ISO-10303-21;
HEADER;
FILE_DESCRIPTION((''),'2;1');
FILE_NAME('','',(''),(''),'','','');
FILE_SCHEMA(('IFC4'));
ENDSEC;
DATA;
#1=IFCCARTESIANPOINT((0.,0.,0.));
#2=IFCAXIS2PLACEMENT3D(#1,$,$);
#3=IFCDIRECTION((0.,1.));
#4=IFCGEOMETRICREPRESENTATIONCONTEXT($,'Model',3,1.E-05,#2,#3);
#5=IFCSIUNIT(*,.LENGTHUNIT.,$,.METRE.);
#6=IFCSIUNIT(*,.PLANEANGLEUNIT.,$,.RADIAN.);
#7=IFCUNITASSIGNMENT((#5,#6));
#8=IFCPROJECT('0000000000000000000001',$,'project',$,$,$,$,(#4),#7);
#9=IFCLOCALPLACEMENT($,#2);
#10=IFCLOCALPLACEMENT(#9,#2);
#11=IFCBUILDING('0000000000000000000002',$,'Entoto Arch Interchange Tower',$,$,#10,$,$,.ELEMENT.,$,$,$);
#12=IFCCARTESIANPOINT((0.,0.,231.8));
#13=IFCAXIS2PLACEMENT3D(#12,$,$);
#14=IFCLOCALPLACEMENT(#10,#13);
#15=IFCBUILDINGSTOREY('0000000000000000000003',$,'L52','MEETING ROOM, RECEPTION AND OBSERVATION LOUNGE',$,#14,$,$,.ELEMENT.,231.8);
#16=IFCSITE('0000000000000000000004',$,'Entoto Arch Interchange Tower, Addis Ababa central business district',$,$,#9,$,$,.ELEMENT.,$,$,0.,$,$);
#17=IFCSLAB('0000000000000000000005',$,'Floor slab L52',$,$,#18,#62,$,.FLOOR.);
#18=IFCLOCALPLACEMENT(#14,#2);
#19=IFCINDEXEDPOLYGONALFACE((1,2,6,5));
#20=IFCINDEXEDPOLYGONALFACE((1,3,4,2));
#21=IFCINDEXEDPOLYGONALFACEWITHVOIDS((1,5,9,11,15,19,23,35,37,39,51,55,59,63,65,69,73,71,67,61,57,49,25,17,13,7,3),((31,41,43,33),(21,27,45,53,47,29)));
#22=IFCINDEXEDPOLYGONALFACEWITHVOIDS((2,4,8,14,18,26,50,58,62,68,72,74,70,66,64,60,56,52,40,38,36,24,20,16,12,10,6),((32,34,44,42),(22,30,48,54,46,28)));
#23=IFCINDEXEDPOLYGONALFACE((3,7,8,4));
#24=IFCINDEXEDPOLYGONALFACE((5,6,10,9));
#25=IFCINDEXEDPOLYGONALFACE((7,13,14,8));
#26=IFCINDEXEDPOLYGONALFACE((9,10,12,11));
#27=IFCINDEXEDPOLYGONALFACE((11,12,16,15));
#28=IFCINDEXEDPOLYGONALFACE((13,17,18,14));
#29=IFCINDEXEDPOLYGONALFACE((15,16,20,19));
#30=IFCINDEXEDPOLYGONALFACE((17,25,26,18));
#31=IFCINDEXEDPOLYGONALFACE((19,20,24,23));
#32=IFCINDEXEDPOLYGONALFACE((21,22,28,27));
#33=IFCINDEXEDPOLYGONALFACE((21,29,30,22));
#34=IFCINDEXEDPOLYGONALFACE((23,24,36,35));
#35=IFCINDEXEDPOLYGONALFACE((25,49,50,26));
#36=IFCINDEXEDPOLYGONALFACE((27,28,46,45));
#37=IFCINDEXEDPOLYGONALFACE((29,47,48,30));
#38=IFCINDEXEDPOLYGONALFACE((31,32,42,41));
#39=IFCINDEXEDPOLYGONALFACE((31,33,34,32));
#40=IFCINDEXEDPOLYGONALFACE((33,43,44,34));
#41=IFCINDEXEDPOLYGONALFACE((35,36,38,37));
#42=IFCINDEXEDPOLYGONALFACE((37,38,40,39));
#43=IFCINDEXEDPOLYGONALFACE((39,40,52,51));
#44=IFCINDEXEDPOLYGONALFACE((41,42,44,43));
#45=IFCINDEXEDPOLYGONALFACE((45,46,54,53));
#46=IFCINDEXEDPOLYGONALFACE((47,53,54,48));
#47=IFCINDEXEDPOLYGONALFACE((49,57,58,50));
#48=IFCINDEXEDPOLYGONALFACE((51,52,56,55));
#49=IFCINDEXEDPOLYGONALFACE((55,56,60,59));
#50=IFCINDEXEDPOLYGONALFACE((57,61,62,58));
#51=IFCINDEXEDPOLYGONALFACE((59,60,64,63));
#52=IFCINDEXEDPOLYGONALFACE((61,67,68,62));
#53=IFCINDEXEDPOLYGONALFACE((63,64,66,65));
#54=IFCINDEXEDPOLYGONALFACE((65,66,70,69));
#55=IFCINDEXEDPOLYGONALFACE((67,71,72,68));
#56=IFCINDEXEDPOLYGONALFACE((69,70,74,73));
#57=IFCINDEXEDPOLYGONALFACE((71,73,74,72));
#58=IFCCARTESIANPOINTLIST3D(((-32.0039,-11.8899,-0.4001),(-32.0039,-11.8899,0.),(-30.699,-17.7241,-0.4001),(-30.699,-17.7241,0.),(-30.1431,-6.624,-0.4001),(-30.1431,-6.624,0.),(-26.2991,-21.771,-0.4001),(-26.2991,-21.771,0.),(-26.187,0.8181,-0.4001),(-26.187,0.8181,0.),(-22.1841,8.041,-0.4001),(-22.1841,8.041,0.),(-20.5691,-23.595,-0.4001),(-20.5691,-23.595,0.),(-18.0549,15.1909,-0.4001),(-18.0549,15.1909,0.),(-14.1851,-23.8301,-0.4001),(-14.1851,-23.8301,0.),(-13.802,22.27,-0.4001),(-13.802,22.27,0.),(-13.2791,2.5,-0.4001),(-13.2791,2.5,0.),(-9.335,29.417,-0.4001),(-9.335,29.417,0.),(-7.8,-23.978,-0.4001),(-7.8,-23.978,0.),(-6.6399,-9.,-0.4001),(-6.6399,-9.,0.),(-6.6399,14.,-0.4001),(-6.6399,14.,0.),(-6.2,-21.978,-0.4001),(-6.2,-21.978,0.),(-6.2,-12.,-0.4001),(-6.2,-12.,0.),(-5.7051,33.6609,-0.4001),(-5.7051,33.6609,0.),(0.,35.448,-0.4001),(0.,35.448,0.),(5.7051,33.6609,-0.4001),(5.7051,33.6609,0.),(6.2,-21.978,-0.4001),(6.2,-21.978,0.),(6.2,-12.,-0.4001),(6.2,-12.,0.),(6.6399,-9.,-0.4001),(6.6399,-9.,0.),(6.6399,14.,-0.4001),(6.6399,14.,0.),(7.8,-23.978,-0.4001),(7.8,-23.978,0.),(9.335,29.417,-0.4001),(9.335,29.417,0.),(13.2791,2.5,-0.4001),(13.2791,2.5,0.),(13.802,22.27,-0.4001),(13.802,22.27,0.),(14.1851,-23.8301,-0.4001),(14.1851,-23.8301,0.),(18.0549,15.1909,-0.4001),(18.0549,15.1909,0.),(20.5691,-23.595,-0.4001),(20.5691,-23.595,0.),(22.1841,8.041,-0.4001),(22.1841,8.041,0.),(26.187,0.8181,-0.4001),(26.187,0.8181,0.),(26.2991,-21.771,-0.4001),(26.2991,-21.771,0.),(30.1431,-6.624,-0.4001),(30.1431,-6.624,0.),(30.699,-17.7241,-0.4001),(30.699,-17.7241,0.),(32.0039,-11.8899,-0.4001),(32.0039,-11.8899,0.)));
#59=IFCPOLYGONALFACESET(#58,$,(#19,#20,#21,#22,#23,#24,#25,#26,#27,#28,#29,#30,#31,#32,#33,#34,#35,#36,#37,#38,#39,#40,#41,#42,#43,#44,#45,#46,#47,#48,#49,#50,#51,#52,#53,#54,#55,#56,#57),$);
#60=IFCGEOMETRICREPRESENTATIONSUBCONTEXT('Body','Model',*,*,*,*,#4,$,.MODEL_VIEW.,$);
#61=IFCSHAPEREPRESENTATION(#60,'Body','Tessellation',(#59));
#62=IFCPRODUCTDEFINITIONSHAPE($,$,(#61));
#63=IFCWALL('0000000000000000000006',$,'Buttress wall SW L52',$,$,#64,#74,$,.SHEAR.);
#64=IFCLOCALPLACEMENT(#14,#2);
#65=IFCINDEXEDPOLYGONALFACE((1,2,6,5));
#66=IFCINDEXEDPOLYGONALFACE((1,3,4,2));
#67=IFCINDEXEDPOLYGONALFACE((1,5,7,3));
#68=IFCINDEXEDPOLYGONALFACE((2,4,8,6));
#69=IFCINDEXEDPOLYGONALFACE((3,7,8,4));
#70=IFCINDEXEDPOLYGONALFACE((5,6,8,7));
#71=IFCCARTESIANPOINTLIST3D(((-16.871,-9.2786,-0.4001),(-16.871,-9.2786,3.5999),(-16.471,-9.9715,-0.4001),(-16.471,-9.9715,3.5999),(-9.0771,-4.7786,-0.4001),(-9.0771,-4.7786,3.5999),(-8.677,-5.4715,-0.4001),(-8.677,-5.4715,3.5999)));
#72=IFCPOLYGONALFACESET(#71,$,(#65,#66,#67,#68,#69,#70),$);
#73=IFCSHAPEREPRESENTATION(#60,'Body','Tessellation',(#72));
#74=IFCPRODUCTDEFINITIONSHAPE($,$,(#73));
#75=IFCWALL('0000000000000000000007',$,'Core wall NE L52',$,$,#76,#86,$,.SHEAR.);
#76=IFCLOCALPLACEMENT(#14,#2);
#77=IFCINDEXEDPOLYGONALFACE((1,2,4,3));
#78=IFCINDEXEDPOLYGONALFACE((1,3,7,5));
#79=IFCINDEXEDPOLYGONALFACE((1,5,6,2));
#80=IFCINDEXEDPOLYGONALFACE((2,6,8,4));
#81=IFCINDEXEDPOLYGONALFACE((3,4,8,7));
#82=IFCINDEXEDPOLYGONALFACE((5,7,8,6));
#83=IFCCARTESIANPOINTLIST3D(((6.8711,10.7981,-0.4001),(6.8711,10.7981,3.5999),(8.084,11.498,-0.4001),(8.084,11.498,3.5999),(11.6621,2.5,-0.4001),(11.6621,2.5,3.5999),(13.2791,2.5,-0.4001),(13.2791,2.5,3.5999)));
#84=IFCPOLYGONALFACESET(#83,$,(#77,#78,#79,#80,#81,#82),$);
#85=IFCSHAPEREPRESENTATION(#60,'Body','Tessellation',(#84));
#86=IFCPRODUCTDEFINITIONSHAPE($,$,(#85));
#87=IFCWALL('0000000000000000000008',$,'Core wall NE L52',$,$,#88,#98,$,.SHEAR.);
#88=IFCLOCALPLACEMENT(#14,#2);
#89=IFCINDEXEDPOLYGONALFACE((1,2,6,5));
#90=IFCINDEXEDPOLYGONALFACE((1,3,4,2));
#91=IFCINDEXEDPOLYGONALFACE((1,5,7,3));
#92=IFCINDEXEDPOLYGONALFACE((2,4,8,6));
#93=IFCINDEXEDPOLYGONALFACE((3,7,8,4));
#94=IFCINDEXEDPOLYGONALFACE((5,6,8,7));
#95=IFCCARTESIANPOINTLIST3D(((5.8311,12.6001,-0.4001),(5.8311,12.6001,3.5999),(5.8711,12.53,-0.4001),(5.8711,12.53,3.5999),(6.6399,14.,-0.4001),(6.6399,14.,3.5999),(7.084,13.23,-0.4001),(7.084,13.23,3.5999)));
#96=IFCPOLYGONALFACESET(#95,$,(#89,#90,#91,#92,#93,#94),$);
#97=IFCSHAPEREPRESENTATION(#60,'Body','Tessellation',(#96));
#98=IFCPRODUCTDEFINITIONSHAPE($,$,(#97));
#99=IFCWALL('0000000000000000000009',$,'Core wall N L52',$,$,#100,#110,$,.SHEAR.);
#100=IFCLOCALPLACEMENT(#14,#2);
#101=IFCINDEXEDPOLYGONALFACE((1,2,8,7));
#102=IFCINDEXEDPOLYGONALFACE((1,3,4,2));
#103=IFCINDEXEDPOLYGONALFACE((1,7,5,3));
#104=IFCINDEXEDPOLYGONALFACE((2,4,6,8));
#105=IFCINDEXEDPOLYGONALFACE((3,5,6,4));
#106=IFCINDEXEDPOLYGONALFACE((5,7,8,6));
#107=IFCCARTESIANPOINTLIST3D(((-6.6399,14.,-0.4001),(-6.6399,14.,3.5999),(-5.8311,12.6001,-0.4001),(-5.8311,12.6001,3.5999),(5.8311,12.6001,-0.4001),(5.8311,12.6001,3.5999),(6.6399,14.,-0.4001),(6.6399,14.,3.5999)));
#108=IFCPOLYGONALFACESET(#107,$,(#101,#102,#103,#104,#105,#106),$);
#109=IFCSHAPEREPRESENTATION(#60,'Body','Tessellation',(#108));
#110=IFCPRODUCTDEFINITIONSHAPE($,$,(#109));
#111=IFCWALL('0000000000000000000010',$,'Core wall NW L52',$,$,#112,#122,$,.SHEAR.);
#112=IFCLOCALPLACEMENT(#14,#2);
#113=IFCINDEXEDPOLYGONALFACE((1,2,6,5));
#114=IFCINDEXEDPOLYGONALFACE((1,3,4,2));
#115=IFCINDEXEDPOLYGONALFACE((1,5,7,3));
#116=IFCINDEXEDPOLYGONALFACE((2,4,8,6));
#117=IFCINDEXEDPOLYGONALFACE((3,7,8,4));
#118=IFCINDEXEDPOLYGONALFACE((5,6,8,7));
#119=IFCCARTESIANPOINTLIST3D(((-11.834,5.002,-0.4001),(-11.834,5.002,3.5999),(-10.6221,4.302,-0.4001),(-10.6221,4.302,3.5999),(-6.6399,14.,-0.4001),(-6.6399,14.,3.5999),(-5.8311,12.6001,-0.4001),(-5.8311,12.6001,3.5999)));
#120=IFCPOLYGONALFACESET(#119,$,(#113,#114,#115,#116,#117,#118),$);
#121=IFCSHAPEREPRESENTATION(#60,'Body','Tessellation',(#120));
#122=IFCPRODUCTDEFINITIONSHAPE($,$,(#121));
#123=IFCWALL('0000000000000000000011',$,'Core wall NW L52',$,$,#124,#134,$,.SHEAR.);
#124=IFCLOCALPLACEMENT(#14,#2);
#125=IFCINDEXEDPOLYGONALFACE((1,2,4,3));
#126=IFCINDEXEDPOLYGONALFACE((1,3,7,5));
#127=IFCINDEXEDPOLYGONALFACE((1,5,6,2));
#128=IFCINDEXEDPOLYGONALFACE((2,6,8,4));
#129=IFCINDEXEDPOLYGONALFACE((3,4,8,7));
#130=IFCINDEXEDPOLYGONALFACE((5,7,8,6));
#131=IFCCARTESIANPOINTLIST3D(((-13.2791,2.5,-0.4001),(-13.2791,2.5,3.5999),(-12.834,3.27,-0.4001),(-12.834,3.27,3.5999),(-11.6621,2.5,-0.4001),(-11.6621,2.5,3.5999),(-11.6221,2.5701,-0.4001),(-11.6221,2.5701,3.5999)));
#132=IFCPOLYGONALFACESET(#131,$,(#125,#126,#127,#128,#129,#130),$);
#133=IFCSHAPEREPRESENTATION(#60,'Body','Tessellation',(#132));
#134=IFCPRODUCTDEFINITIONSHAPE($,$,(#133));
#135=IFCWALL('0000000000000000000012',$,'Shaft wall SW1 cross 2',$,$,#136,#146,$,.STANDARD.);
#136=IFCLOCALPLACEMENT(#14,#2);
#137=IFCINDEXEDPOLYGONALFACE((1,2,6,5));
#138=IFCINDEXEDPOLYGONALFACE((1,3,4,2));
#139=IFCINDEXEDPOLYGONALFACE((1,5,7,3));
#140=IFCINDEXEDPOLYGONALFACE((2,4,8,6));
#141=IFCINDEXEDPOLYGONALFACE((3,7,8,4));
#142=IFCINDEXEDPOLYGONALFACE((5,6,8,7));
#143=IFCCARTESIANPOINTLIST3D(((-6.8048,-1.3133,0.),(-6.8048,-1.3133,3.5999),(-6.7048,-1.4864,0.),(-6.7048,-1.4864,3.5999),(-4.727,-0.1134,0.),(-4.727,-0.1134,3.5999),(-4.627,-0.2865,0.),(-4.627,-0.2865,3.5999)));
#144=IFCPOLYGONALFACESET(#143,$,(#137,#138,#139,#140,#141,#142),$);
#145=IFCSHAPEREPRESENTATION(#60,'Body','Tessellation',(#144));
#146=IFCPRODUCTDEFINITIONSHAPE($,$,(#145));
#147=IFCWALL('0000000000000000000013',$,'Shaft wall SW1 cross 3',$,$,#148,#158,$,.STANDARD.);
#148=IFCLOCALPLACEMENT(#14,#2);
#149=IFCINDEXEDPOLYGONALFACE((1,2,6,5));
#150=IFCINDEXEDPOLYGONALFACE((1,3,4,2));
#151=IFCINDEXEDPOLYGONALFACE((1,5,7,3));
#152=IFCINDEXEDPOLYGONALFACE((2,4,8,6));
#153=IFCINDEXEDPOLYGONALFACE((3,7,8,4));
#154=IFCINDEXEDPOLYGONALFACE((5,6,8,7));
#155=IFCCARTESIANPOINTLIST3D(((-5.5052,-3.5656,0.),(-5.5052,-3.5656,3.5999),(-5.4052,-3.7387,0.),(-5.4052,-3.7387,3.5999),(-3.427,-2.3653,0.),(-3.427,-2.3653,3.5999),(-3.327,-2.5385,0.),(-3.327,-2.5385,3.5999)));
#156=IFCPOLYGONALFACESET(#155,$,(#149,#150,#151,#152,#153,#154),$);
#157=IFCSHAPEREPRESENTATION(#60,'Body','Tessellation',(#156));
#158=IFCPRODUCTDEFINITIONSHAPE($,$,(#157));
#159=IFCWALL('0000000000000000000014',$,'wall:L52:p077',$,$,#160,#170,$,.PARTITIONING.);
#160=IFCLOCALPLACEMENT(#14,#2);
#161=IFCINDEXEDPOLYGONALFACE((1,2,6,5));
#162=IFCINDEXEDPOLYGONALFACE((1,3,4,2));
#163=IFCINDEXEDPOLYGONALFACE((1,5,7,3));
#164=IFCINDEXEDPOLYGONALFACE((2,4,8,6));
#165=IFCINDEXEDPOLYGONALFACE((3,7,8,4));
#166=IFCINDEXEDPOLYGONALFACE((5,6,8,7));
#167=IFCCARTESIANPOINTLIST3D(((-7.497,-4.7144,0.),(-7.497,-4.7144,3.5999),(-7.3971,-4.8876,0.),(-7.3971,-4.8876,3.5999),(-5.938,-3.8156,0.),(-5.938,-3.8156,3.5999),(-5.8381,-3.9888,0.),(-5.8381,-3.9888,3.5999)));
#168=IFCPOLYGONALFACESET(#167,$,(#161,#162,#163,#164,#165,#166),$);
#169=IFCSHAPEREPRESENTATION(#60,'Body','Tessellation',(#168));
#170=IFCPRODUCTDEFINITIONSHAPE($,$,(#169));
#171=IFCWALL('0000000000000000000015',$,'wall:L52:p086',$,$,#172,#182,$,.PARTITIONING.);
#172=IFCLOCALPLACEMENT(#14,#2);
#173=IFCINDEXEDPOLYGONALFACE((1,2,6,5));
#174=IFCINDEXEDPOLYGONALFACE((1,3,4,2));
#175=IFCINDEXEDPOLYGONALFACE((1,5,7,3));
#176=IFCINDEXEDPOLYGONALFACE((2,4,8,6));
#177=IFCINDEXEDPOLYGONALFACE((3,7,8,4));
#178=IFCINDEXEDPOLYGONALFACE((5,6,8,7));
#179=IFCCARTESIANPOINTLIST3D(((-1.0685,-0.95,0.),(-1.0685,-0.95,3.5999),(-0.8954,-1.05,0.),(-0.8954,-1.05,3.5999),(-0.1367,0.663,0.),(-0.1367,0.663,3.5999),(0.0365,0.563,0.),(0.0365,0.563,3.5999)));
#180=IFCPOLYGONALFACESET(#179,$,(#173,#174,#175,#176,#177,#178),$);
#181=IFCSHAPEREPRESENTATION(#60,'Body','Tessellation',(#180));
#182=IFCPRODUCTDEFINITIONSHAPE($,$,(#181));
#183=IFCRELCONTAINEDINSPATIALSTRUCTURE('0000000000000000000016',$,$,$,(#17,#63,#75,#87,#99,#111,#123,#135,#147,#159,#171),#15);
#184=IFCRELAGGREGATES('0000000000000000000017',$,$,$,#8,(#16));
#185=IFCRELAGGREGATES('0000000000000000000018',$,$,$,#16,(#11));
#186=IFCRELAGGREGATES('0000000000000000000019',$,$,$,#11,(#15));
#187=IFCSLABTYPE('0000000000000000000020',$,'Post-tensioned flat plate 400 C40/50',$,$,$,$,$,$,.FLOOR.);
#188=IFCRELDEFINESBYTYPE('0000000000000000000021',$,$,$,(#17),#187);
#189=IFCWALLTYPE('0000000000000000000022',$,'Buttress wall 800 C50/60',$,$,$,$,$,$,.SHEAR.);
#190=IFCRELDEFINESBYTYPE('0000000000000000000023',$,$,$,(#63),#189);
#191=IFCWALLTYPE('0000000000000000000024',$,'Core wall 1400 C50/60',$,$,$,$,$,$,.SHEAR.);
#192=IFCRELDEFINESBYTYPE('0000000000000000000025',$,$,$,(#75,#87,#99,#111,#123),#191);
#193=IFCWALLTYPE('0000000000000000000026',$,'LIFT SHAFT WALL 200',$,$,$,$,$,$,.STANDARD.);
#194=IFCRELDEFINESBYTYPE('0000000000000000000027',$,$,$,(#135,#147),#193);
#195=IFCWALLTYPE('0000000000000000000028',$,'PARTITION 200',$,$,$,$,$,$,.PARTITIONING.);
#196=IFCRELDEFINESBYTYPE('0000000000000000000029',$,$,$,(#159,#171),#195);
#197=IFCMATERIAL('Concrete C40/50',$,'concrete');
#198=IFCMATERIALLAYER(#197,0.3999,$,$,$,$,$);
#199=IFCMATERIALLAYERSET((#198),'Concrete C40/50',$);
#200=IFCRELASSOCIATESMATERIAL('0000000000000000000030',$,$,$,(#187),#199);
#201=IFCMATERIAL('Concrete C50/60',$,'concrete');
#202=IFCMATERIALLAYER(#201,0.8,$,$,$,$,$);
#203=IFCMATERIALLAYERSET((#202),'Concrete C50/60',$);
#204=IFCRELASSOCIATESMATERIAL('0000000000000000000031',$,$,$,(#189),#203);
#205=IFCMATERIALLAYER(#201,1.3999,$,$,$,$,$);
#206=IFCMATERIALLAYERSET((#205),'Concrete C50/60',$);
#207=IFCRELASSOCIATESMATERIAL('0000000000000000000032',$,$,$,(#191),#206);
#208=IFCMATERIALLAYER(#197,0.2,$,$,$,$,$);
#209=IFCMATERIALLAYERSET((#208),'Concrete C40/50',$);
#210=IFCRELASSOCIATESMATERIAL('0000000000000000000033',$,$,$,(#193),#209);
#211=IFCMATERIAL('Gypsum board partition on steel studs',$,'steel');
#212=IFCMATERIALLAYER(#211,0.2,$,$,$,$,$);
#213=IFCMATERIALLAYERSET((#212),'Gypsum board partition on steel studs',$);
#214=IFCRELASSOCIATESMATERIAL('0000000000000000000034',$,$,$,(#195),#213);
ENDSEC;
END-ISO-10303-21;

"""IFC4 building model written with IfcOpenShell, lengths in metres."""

from ifc_helpers import new_model, si_unit, direction, frame, frame_2d, origin, place, context, subcontext, project, spatial, polyline, rectangle, outline, extrude, material, layer, layer_set, type_object, element, save


model = new_model("IFC4")

# Units and contexts
model_context = context("Model", 3, precision=1e-05, world=origin(), true_north=direction((0.0, 1.0)))
body_context = subcontext(model_context, "Body", "Model", "MODEL_VIEW")
ifc_project = project(units=[si_unit("LENGTHUNIT", "METRE"), si_unit("PLANEANGLEUNIT", "RADIAN")], contexts=[model_context])

# Site, building, storey
site_placement = place(None, origin())
site = spatial("IfcSite", under=ifc_project, at=site_placement, Name="Entoto Arch Interchange Tower, Addis Ababa central business district", CompositionType="ELEMENT", RefElevation=0.0)
building_placement = place(site_placement, origin())
building = spatial("IfcBuilding", under=site, at=building_placement, Name="Entoto Arch Interchange Tower", CompositionType="ELEMENT")
storey_placement = place(building_placement, frame((0.0, 0.0, 231.8)))
storey = spatial("IfcBuildingStorey", under=building, at=storey_placement, Name="L52", Description="MEETING ROOM, RECEPTION AND OBSERVATION LOUNGE", CompositionType="ELEMENT", Elevation=231.8)

# Slab
ifc_material_1 = material(Name="Concrete C40/50", Category="concrete")
ifc_layer_1 = layer(ifc_material_1, 0.3999)
ifc_layer_set_1 = layer_set([ifc_layer_1], Name="Concrete C40/50")
slab_type = type_object("IfcSlabType", Name="Post-tensioned flat plate 400 C40/50", PredefinedType="FLOOR", material=ifc_layer_set_1)
slab_placement = place(storey_placement, frame((0.0, 0.0, -0.4001)))
element("IfcSlab", 1, at=slab_placement, inside=storey, type_object=slab_type, Name="Floor slab L52", PredefinedType="FLOOR", context=body_context, shape_type="SweptSolid", body=[
    extrude(outline(polyline([(-20.5691, -23.595), (-14.1851, -23.8301), (-7.8, -23.978), (7.8, -23.978), (14.1851, -23.8301), (20.5691, -23.595), (26.2991, -21.771), (30.699, -17.7241), (32.0039, -11.8899), (30.1431, -6.624), (26.187, 0.8181), (22.1841, 8.041), (18.0549, 15.1909), (13.802, 22.27), (9.335, 29.417), (5.7051, 33.6609), (0.0, 35.448), (-5.7051, 33.6609), (-9.335, 29.417), (-13.802, 22.27), (-18.0549, 15.1909), (-22.1841, 8.041), (-26.187, 0.8181), (-30.1431, -6.624), (-32.0039, -11.8899), (-30.699, -17.7241), (-26.2991, -21.771), (-20.5691, -23.595)]), holes=[polyline([(6.2, -21.978), (6.2, -12.0), (-6.2, -12.0), (-6.2, -21.978), (6.2, -21.978)]), polyline([(13.2791, 2.5), (6.6399, 14.0), (-6.6399, 14.0), (-13.2791, 2.5), (-6.6399, -9.0), (6.6399, -9.0), (13.2791, 2.5)])]), origin(), (0.0, 0.0, 1.0), 0.4001),
])

# Walls
ifc_material_2 = material(Name="Concrete C50/60", Category="concrete")
ifc_layer_2 = layer(ifc_material_2, 0.8)
ifc_layer_set_2 = layer_set([ifc_layer_2], Name="Concrete C50/60")
wall_type_1 = type_object("IfcWallType", Name="Buttress wall 800 C50/60", PredefinedType="SHEAR", material=ifc_layer_set_2)
wall_1_placement = place(storey_placement, frame((-8.877, -5.125, -0.4001), z_axis=(0.0, 0.0, 1.0), x_axis=(-0.866018, -0.500014, 0.0)))
element("IfcWall", 2, at=wall_1_placement, inside=storey, type_object=wall_type_1, Name="Buttress wall SW L52", PredefinedType="SHEAR", context=body_context, shape_type="SweptSolid", body=[
    extrude(rectangle(XDim=8.9998, YDim=0.8, at=frame_2d((4.5, 0.0))), origin(), (0.0, 0.0, 1.0), 4.0),
])
ifc_layer_3 = layer(ifc_material_2, 1.3999)
ifc_layer_set_3 = layer_set([ifc_layer_3], Name="Concrete C50/60")
wall_type_2 = type_object("IfcWallType", Name="Core wall 1400 C50/60", PredefinedType="SHEAR", material=ifc_layer_set_3)
wall_2_placement = place(storey_placement, frame((0.0, 0.0, -0.4001)))
element("IfcWall", 3, at=wall_2_placement, inside=storey, type_object=wall_type_2, Name="Core wall NE L52", PredefinedType="SHEAR", context=body_context, shape_type="SweptSolid", body=[
    extrude(outline(polyline([(8.084, 11.498), (6.8711, 10.7981), (11.6621, 2.5), (13.2791, 2.5), (8.084, 11.498)])), origin(), (0.0, 0.0, 1.0), 4.0),
])
wall_3_placement = place(storey_placement, frame((0.0, 0.0, -0.4001)))
element("IfcWall", 4, at=wall_3_placement, inside=storey, type_object=wall_type_2, Name="Core wall NE L52", PredefinedType="SHEAR", context=body_context, shape_type="SweptSolid", body=[
    extrude(outline(polyline([(5.8711, 12.53), (7.084, 13.23), (6.6399, 14.0), (5.8311, 12.6001), (5.8711, 12.53)])), origin(), (0.0, 0.0, 1.0), 4.0),
])
wall_4_placement = place(storey_placement, frame((0.0, 0.0, -0.4001)))
element("IfcWall", 5, at=wall_4_placement, inside=storey, type_object=wall_type_2, Name="Core wall N L52", PredefinedType="SHEAR", context=body_context, shape_type="SweptSolid", body=[
    extrude(outline(polyline([(6.6399, 14.0), (-6.6399, 14.0), (-5.8311, 12.6001), (5.8311, 12.6001), (6.6399, 14.0)])), origin(), (0.0, 0.0, 1.0), 4.0),
])
wall_5_placement = place(storey_placement, frame((0.0, 0.0, -0.4001)))
element("IfcWall", 6, at=wall_5_placement, inside=storey, type_object=wall_type_2, Name="Core wall NW L52", PredefinedType="SHEAR", context=body_context, shape_type="SweptSolid", body=[
    extrude(outline(polyline([(-11.834, 5.002), (-10.6221, 4.302), (-5.8311, 12.6001), (-6.6399, 14.0), (-11.834, 5.002)])), origin(), (0.0, 0.0, 1.0), 4.0),
])
wall_6_placement = place(storey_placement, frame((0.0, 0.0, -0.4001)))
element("IfcWall", 7, at=wall_6_placement, inside=storey, type_object=wall_type_2, Name="Core wall NW L52", PredefinedType="SHEAR", context=body_context, shape_type="SweptSolid", body=[
    extrude(outline(polyline([(-11.6221, 2.5701), (-12.834, 3.27), (-13.2791, 2.5), (-11.6621, 2.5), (-11.6221, 2.5701)])), origin(), (0.0, 0.0, 1.0), 4.0),
])
ifc_layer_4 = layer(ifc_material_1, 0.2)
ifc_layer_set_4 = layer_set([ifc_layer_4], Name="Concrete C40/50")
wall_type_3 = type_object("IfcWallType", Name="LIFT SHAFT WALL 200", PredefinedType="STANDARD", material=ifc_layer_set_4)
wall_7_placement = place(storey_placement, frame((-4.677, -0.2, 0.0), z_axis=(0.0, 0.0, 1.0), x_axis=(-0.865974, -0.500089, 0.0)))
element("IfcWall", 8, at=wall_7_placement, inside=storey, type_object=wall_type_3, Name="Shaft wall SW1 cross 2", PredefinedType="STANDARD", context=body_context, shape_type="SweptSolid", body=[
    extrude(rectangle(XDim=2.3994, YDim=0.2, at=frame_2d((1.1997, 0.0))), origin(), (0.0, 0.0, 1.0), 3.5999),
])
wall_8_placement = place(storey_placement, frame((-3.377, -2.4519, 0.0), z_axis=(0.0, 0.0, 1.0), x_axis=(-0.865955, -0.500122, 0.0)))
element("IfcWall", 9, at=wall_8_placement, inside=storey, type_object=wall_type_3, Name="Shaft wall SW1 cross 3", PredefinedType="STANDARD", context=body_context, shape_type="SweptSolid", body=[
    extrude(rectangle(XDim=2.3999, YDim=0.2, at=frame_2d((1.2, 0.0))), origin(), (0.0, 0.0, 1.0), 3.5999),
])
ifc_material_3 = material(Name="Gypsum board partition on steel studs", Category="steel")
ifc_layer_5 = layer(ifc_material_3, 0.2)
ifc_layer_set_5 = layer_set([ifc_layer_5], Name="Gypsum board partition on steel studs")
wall_type_4 = type_object("IfcWallType", Name="PARTITION 200", PredefinedType="PARTITIONING", material=ifc_layer_set_5)
wall_9_placement = place(storey_placement, frame((-5.8879, -3.9021, 0.0), z_axis=(0.0, 0.0, 1.0), x_axis=(-0.866317, -0.499495, 0.0)))
element("IfcWall", 10, at=wall_9_placement, inside=storey, type_object=wall_type_4, Name="wall:L52:p077", PredefinedType="PARTITIONING", context=body_context, shape_type="SweptSolid", body=[
    extrude(rectangle(XDim=1.7996, YDim=0.2, at=frame_2d((0.8999, 0.0))), origin(), (0.0, 0.0, 1.0), 3.5999),
])
wall_10_placement = place(storey_placement, frame((-0.9819, -1.0, 0.0), z_axis=(0.0, 0.0, 1.0), x_axis=(0.50024, 0.865887, 0.0)))
element("IfcWall", 11, at=wall_10_placement, inside=storey, type_object=wall_type_4, Name="wall:L52:p086", PredefinedType="PARTITIONING", context=body_context, shape_type="SweptSolid", body=[
    extrude(rectangle(XDim=1.8628, YDim=0.2, at=frame_2d((0.9314, 0.0))), origin(), (0.0, 0.0, 1.0), 3.5999),
])

save(model, "model.ifc")
